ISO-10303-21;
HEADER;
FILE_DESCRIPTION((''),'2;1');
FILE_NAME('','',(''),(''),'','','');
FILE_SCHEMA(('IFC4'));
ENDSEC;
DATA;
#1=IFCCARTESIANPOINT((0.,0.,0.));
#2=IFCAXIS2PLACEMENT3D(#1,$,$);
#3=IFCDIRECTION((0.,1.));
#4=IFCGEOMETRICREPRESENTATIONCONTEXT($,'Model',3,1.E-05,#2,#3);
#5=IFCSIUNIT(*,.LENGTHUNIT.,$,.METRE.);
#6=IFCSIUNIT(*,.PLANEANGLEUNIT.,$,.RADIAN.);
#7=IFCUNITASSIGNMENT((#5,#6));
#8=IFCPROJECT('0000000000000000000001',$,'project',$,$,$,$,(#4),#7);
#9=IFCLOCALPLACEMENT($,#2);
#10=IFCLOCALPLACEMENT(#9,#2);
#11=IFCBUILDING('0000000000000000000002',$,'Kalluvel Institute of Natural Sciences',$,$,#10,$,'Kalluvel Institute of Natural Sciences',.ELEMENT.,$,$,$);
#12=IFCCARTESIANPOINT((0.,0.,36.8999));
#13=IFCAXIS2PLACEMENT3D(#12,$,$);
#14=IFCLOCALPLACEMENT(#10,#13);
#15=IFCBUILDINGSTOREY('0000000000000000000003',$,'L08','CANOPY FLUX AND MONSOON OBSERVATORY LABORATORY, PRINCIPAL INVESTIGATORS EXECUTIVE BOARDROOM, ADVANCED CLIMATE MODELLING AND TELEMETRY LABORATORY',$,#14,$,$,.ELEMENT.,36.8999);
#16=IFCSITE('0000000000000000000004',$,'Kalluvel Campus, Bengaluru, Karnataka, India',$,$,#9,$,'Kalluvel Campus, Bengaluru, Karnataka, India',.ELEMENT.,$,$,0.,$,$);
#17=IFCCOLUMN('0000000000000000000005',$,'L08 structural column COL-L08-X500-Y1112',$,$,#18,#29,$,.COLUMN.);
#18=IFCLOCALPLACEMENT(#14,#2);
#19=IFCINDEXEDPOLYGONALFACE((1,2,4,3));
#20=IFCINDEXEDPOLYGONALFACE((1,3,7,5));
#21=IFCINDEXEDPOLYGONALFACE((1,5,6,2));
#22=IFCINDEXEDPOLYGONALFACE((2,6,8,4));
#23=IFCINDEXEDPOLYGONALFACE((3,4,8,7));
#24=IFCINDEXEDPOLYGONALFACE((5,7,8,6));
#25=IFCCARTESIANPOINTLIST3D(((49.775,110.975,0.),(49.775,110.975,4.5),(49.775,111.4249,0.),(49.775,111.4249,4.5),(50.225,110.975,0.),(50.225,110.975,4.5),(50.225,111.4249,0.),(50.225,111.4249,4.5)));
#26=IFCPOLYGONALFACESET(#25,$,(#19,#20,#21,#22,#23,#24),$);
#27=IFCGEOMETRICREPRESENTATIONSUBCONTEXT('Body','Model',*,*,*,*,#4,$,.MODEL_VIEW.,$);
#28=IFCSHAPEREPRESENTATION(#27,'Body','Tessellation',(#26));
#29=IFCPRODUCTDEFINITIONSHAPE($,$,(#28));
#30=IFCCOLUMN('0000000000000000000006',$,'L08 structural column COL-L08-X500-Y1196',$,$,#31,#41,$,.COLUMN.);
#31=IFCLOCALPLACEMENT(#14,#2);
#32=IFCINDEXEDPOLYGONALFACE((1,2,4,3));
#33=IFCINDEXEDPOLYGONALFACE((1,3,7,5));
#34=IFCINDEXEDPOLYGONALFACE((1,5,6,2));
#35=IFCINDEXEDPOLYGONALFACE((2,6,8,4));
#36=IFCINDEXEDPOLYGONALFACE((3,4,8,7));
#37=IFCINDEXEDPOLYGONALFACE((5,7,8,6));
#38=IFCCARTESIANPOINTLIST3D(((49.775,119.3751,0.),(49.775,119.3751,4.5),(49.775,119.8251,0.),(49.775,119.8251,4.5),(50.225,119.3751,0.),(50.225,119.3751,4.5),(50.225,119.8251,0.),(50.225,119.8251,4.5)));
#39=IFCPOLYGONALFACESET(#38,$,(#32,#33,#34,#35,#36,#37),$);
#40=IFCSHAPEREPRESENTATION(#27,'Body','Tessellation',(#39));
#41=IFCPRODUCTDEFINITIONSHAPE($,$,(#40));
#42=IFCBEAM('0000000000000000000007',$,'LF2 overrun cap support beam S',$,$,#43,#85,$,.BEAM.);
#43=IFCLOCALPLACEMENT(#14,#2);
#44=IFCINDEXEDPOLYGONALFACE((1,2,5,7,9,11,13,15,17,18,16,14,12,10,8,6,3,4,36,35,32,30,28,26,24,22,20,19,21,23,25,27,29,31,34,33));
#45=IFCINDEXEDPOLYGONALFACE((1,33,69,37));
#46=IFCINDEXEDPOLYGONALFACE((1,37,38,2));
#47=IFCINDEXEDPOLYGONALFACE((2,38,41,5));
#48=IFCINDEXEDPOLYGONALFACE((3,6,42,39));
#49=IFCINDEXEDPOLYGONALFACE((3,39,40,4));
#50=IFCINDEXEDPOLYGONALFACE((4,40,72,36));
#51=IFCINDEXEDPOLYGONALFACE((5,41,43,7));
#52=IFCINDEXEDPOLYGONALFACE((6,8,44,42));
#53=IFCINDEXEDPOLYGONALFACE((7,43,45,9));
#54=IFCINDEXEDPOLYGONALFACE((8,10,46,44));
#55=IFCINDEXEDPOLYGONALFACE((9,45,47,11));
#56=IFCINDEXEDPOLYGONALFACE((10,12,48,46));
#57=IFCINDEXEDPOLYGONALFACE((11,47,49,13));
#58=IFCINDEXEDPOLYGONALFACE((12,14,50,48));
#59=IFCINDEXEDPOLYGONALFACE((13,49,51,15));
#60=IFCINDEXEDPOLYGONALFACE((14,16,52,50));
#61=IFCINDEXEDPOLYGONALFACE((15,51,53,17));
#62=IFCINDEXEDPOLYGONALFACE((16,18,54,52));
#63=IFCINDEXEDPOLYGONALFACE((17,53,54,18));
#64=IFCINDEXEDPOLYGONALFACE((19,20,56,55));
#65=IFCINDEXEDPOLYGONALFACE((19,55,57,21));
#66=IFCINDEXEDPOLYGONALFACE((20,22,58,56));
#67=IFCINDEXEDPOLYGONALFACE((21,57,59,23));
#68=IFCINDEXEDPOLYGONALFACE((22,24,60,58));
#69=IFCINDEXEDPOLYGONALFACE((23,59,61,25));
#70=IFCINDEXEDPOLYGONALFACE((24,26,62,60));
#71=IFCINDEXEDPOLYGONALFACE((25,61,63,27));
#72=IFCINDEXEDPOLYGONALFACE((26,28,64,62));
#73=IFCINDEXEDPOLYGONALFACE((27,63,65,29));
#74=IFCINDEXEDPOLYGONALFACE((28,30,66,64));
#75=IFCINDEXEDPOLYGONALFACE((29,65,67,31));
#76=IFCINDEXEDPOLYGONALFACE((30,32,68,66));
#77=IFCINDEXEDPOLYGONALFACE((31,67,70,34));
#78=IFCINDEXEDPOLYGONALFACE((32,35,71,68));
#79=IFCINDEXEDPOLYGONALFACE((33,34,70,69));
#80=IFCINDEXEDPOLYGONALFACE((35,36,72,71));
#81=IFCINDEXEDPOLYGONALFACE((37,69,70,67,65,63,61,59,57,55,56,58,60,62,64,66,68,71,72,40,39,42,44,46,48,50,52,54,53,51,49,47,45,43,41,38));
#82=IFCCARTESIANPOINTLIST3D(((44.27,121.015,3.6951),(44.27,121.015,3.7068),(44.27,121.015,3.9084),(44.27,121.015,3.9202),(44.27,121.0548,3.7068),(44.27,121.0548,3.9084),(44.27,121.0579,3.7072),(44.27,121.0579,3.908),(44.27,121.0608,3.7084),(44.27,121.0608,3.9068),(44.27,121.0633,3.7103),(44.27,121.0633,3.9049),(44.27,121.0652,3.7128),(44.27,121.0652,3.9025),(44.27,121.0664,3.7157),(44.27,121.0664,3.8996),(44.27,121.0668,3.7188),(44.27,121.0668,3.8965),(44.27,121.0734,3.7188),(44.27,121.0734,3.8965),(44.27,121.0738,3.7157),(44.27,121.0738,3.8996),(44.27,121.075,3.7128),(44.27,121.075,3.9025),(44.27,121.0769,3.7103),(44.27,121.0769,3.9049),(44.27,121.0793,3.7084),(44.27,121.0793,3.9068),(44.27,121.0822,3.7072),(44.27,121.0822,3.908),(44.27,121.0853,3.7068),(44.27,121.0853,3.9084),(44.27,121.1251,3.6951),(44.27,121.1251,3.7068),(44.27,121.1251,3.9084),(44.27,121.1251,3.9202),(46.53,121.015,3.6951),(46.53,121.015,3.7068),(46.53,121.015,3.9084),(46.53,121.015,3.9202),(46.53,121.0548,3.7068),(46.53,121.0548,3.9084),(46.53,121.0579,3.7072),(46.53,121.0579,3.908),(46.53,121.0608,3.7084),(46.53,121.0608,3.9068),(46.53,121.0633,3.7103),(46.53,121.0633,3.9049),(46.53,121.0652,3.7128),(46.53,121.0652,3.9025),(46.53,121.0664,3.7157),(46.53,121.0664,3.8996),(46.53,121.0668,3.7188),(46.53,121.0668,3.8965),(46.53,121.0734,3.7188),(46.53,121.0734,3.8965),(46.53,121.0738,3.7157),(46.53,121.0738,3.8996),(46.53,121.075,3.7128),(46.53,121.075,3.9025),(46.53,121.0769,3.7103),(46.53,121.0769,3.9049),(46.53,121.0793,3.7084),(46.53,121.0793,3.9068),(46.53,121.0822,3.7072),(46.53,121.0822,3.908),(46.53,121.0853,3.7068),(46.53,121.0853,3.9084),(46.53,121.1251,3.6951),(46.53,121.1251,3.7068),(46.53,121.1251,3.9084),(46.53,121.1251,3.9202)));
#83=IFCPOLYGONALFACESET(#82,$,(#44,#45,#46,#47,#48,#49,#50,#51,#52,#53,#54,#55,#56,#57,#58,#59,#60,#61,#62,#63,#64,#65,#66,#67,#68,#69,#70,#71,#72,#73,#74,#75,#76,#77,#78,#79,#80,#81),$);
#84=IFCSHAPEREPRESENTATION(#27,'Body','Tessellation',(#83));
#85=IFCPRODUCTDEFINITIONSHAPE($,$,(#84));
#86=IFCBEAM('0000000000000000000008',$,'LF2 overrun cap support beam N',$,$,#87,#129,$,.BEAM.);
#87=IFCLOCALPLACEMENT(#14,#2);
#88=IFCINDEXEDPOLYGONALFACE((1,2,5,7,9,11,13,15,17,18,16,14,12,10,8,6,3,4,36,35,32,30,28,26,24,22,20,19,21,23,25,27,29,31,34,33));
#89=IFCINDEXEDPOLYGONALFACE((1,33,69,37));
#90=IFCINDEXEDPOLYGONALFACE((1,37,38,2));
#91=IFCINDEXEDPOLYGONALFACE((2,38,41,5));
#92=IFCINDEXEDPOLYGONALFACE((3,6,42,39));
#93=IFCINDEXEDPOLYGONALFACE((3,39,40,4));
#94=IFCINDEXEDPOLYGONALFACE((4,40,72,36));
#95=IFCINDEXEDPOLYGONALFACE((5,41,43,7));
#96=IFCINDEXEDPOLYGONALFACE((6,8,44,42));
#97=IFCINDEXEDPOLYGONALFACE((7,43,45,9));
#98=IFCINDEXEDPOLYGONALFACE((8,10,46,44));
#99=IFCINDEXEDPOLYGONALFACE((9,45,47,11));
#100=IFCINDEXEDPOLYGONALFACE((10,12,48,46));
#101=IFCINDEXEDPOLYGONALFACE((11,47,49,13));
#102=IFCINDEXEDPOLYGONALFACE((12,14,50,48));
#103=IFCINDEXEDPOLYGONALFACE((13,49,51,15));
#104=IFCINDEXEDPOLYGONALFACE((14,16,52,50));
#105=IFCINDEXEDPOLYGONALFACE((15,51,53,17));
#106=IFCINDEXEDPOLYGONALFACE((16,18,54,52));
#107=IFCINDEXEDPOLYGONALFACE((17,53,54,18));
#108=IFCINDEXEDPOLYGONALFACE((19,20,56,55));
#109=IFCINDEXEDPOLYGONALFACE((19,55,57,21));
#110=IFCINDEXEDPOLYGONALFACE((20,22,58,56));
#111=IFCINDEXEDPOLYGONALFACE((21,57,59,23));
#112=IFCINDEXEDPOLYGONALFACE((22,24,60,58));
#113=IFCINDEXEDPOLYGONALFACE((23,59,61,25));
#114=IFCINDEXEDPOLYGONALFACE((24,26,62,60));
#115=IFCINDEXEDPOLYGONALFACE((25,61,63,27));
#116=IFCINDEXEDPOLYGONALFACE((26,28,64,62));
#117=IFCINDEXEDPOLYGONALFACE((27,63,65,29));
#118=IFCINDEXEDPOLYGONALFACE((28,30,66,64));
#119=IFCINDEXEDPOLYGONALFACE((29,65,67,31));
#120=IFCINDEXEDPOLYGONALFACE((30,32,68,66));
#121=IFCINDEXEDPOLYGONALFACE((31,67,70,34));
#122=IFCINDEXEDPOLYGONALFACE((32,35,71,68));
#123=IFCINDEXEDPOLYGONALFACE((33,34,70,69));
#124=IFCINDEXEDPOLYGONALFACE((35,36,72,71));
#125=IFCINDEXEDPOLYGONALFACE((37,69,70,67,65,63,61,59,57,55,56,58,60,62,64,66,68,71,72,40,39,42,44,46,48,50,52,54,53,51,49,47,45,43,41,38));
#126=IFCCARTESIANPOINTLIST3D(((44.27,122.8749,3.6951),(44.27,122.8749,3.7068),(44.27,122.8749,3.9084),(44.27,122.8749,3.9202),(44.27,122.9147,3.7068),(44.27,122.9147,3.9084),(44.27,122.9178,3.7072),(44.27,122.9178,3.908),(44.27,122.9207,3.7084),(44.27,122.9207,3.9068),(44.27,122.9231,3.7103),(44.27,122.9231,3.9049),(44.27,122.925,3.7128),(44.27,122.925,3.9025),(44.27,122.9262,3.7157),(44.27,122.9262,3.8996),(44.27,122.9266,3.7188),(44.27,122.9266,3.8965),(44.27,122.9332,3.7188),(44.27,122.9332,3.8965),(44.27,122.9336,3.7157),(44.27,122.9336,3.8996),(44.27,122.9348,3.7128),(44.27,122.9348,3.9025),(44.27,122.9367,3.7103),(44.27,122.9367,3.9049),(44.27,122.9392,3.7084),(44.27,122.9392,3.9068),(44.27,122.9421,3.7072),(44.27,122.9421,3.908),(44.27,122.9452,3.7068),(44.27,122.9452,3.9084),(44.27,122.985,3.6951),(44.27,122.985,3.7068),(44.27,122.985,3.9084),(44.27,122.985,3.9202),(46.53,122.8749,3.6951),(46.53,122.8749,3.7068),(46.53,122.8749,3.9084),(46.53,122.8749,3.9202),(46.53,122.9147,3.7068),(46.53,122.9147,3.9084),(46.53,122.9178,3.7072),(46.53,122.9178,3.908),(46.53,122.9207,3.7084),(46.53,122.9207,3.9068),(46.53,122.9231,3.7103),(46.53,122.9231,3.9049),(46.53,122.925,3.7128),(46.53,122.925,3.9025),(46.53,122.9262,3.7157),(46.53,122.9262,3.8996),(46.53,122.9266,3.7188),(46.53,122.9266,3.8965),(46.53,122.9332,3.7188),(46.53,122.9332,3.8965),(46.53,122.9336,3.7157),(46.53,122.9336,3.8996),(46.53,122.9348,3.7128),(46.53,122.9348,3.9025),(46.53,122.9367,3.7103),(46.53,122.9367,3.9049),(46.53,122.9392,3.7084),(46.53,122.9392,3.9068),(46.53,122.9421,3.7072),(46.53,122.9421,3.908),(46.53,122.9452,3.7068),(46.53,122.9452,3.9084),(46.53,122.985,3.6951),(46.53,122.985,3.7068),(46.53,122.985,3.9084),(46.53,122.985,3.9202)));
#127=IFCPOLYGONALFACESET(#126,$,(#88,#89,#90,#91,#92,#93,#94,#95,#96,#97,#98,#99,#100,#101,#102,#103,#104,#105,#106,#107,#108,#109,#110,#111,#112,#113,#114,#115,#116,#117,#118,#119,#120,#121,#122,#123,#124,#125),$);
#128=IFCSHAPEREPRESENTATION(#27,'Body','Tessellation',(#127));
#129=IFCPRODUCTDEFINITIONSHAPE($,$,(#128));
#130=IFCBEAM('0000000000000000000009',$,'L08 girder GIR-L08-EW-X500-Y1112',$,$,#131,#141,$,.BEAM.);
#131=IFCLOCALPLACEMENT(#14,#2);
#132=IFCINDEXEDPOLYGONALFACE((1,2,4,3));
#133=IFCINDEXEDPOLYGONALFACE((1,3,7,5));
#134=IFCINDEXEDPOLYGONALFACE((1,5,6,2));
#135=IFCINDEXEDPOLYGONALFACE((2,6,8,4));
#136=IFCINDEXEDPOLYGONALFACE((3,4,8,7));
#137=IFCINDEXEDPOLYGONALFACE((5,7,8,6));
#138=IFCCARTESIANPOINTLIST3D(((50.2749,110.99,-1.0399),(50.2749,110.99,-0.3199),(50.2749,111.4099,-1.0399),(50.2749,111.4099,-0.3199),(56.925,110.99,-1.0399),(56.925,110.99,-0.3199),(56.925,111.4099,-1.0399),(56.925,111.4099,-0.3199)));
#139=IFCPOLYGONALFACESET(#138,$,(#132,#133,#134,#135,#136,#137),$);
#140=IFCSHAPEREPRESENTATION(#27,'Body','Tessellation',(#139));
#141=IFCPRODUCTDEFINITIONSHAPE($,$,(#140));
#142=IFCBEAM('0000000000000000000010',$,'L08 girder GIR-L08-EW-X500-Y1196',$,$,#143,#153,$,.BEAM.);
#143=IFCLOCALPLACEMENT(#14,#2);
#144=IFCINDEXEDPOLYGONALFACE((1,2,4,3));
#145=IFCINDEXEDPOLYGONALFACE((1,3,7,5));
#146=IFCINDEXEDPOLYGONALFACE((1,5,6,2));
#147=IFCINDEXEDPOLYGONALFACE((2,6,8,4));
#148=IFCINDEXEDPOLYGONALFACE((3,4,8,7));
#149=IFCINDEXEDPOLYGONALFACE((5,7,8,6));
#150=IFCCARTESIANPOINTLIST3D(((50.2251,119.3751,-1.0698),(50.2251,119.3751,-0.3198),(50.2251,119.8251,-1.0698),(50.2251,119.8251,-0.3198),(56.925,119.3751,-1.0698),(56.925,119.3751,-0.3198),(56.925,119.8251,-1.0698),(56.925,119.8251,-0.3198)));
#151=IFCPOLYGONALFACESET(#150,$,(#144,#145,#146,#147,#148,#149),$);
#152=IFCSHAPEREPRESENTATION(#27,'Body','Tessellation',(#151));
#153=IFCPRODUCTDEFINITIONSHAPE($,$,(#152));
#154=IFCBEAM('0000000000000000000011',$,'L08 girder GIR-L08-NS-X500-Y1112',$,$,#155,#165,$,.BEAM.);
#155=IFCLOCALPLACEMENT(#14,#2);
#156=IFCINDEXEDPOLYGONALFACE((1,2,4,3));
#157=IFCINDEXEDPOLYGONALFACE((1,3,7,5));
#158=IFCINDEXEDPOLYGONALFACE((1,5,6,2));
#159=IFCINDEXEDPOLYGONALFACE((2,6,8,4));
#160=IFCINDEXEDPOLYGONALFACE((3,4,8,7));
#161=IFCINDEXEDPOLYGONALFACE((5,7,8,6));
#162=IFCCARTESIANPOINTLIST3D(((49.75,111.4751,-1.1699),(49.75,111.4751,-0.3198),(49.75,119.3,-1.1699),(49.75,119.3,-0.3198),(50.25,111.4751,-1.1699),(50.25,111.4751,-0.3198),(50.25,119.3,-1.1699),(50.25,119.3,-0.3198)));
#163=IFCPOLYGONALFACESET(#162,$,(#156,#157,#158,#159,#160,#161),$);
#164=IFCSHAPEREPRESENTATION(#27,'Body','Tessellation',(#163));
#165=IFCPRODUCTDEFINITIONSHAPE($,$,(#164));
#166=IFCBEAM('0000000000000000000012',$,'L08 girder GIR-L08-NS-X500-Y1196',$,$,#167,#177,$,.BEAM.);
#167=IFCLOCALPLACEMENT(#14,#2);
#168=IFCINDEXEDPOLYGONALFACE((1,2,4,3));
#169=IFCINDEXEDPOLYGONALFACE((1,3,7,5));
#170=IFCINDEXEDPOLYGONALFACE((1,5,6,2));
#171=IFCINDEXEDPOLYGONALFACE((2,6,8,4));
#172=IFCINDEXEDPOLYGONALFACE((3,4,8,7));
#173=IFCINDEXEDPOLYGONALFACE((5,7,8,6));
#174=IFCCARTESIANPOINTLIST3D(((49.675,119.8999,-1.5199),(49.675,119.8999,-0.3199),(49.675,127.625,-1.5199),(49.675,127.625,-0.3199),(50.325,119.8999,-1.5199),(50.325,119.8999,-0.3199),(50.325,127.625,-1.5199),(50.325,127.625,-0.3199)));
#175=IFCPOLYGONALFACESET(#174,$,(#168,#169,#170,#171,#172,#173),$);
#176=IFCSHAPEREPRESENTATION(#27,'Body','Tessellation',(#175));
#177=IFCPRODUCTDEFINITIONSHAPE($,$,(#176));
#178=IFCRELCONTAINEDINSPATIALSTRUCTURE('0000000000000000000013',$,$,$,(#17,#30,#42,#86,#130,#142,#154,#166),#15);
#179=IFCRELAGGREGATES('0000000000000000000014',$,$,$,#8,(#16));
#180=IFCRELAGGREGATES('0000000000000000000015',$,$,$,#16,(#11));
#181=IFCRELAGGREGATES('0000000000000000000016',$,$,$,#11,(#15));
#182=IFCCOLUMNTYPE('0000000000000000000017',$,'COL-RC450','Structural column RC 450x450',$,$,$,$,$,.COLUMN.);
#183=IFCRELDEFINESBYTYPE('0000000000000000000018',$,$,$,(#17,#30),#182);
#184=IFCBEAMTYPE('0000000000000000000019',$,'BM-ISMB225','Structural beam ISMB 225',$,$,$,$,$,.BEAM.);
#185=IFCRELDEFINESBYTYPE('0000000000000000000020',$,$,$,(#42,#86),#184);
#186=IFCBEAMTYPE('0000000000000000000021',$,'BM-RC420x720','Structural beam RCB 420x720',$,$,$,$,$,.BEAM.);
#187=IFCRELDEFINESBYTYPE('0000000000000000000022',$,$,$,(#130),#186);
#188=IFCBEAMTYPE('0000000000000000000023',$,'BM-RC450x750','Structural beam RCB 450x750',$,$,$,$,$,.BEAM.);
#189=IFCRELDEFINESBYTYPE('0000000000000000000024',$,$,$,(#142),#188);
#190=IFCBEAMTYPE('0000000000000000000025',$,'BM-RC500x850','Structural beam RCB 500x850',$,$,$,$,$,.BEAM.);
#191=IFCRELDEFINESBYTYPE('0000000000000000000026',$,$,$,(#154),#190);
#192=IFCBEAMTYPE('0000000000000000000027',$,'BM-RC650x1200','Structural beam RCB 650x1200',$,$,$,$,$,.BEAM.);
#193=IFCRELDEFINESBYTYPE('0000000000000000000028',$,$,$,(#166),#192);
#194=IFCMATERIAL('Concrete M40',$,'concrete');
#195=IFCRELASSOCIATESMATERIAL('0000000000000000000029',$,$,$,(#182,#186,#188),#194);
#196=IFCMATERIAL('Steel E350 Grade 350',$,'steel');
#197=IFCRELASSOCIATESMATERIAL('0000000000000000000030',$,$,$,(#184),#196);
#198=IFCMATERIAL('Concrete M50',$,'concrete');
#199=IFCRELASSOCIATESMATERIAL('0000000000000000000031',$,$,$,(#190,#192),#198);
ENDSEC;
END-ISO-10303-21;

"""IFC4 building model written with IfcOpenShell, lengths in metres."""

from ifc_helpers import new_model, si_unit, direction, frame, origin, origin_2d, place, context, subcontext, project, spatial, rectangle, i_section, extrude, material, material_profile, profile_set, type_object, element, save


model = new_model("IFC4")

# Units and contexts
model_context = context("Model", 3, precision=1e-05, world=origin(), true_north=direction((0.0, 1.0)))
body_context = subcontext(model_context, "Body", "Model", "MODEL_VIEW")
ifc_project = project(units=[si_unit("LENGTHUNIT", "METRE"), si_unit("PLANEANGLEUNIT", "RADIAN")], contexts=[model_context])

# Site, building, storey
site_placement = place(None, origin())
site = spatial("IfcSite", under=ifc_project, at=site_placement, Name="Kalluvel Campus, Bengaluru, Karnataka, India", LongName="Kalluvel Campus, Bengaluru, Karnataka, India", CompositionType="ELEMENT", RefElevation=0.0)
building_placement = place(site_placement, origin())
building = spatial("IfcBuilding", under=site, at=building_placement, Name="Kalluvel Institute of Natural Sciences", LongName="Kalluvel Institute of Natural Sciences", CompositionType="ELEMENT")
storey_placement = place(building_placement, frame((0.0, 0.0, 36.8999)))
storey = spatial("IfcBuildingStorey", under=building, at=storey_placement, Name="L08", Description="CANOPY FLUX AND MONSOON OBSERVATORY LABORATORY, PRINCIPAL INVESTIGATORS EXECUTIVE BOARDROOM, ADVANCED CLIMATE MODELLING AND TELEMETRY LABORATORY", CompositionType="ELEMENT", Elevation=36.8999)

# Columns
ifc_material_1 = material(Name="Concrete M40", Category="concrete")
ifc_material_profile_1 = material_profile(ifc_material_1, rectangle(XDim=0.45, YDim=0.45, at=origin_2d()), Name="RC 450x450")
ifc_profile_set_1 = profile_set([ifc_material_profile_1], Name="Concrete M40")
column_type = type_object("IfcColumnType", Name="COL-RC450", Description="Structural column RC 450x450", PredefinedType="COLUMN", material=ifc_profile_set_1)
for number, where, z_axis, x_axis, name in (
    (1, (50.0, 111.2, 0.0), (0.0, 0.0, 1.0), (1.0, 0.0, 0.0), "L08 structural column COL-L08-X500-Y1112"),
    (2, (50.0, 119.6001, 0.0), (0.0, 0.0, 1.0), (1.0, 0.0, 0.0), "L08 structural column COL-L08-X500-Y1196"),
):
    element("IfcColumn", number, at=place(storey_placement, frame(where, z_axis=z_axis, x_axis=x_axis)), inside=storey, type_object=column_type, Name=name, PredefinedType="COLUMN", context=body_context, shape_type="SweptSolid", body=[
        extrude(rectangle(XDim=0.45, YDim=0.45, at=origin_2d()), origin(), (0.0, 0.0, 1.0), 4.5),
    ])

# Beams
ifc_material_2 = material(Name="Steel E350 Grade 350", Category="steel")
ifc_material_profile_2 = material_profile(ifc_material_2, i_section(OverallWidth=0.1101, OverallDepth=0.2251, WebThickness=0.0066, FlangeThickness=0.0117, FilletRadius=0.012, at=origin_2d()), Name="ISMB 225")
ifc_profile_set_2 = profile_set([ifc_material_profile_2], Name="Steel E350 Grade 350")
beam_type_1 = type_object("IfcBeamType", Name="BM-ISMB225", Description="Structural beam ISMB 225", PredefinedType="BEAM", material=ifc_profile_set_2)
for number, where, z_axis, x_axis, name in (
    (3, (44.27, 121.0701, 3.8076), (1.0, 0.0, 0.0), (0.0, 1.0, 0.0), "LF2 overrun cap support beam S"),
    (4, (44.27, 122.9299, 3.8076), (1.0, 0.0, 0.0), (0.0, 1.0, 0.0), "LF2 overrun cap support beam N"),
):
    element("IfcBeam", number, at=place(storey_placement, frame(where, z_axis=z_axis, x_axis=x_axis)), inside=storey, type_object=beam_type_1, Name=name, PredefinedType="BEAM", context=body_context, shape_type="SweptSolid", body=[
        extrude(i_section(OverallWidth=0.1101, OverallDepth=0.2251, WebThickness=0.0066, FlangeThickness=0.0117, FilletRadius=0.012, at=origin_2d()), origin(), (0.0, 0.0, 1.0), 2.26),
    ])
ifc_material_profile_3 = material_profile(ifc_material_1, rectangle(XDim=0.4199, YDim=0.72, at=origin_2d()), Name="RCB 420x720")
ifc_profile_set_3 = profile_set([ifc_material_profile_3], Name="Concrete M40")
beam_type_2 = type_object("IfcBeamType", Name="BM-RC420x720", Description="Structural beam RCB 420x720", PredefinedType="BEAM", material=ifc_profile_set_3)
beam_1_placement = place(storey_placement, frame((50.2749, 111.2, -0.6799), z_axis=(1.0, 0.0, 0.0), x_axis=(0.0, 1.0, 0.0)))
element("IfcBeam", 5, at=beam_1_placement, inside=storey, type_object=beam_type_2, Name="L08 girder GIR-L08-EW-X500-Y1112", PredefinedType="BEAM", context=body_context, shape_type="SweptSolid", body=[
    extrude(rectangle(XDim=0.4199, YDim=0.72, at=origin_2d()), origin(), (0.0, 0.0, 1.0), 6.6501),
])
ifc_material_profile_4 = material_profile(ifc_material_1, rectangle(XDim=0.45, YDim=0.75, at=origin_2d()), Name="RCB 450x750")
ifc_profile_set_4 = profile_set([ifc_material_profile_4], Name="Concrete M40")
beam_type_3 = type_object("IfcBeamType", Name="BM-RC450x750", Description="Structural beam RCB 450x750", PredefinedType="BEAM", material=ifc_profile_set_4)
beam_2_placement = place(storey_placement, frame((50.2251, 119.6001, -0.6948), z_axis=(1.0, 0.0, 0.0), x_axis=(0.0, 1.0, 0.0)))
element("IfcBeam", 6, at=beam_2_placement, inside=storey, type_object=beam_type_3, Name="L08 girder GIR-L08-EW-X500-Y1196", PredefinedType="BEAM", context=body_context, shape_type="SweptSolid", body=[
    extrude(rectangle(XDim=0.45, YDim=0.75, at=origin_2d()), origin(), (0.0, 0.0, 1.0), 6.7),
])
ifc_material_3 = material(Name="Concrete M50", Category="concrete")
ifc_material_profile_5 = material_profile(ifc_material_3, rectangle(XDim=0.5, YDim=0.8501, at=origin_2d()), Name="RCB 500x850")
ifc_profile_set_5 = profile_set([ifc_material_profile_5], Name="Concrete M50")
beam_type_4 = type_object("IfcBeamType", Name="BM-RC500x850", Description="Structural beam RCB 500x850", PredefinedType="BEAM", material=ifc_profile_set_5)
beam_3_placement = place(storey_placement, frame((50.0, 111.4751, -0.7449), z_axis=(0.0, 1.0, 0.0), x_axis=(-1.0, 0.0, 0.0)))
element("IfcBeam", 7, at=beam_3_placement, inside=storey, type_object=beam_type_4, Name="L08 girder GIR-L08-NS-X500-Y1112", PredefinedType="BEAM", context=body_context, shape_type="SweptSolid", body=[
    extrude(rectangle(XDim=0.5, YDim=0.8501, at=origin_2d()), origin(), (0.0, 0.0, 1.0), 7.825),
])
ifc_material_profile_6 = material_profile(ifc_material_3, rectangle(XDim=0.6499, YDim=1.2, at=origin_2d()), Name="RCB 650x1200")
ifc_profile_set_6 = profile_set([ifc_material_profile_6], Name="Concrete M50")
beam_type_5 = type_object("IfcBeamType", Name="BM-RC650x1200", Description="Structural beam RCB 650x1200", PredefinedType="BEAM", material=ifc_profile_set_6)
beam_4_placement = place(storey_placement, frame((50.0, 119.8999, -0.9199), z_axis=(0.0, 1.0, 0.0), x_axis=(-1.0, 0.0, 0.0)))
element("IfcBeam", 8, at=beam_4_placement, inside=storey, type_object=beam_type_5, Name="L08 girder GIR-L08-NS-X500-Y1196", PredefinedType="BEAM", context=body_context, shape_type="SweptSolid", body=[
    extrude(rectangle(XDim=0.6499, YDim=1.2, at=origin_2d()), origin(), (0.0, 0.0, 1.0), 7.7251),
])

save(model, "model.ifc")
